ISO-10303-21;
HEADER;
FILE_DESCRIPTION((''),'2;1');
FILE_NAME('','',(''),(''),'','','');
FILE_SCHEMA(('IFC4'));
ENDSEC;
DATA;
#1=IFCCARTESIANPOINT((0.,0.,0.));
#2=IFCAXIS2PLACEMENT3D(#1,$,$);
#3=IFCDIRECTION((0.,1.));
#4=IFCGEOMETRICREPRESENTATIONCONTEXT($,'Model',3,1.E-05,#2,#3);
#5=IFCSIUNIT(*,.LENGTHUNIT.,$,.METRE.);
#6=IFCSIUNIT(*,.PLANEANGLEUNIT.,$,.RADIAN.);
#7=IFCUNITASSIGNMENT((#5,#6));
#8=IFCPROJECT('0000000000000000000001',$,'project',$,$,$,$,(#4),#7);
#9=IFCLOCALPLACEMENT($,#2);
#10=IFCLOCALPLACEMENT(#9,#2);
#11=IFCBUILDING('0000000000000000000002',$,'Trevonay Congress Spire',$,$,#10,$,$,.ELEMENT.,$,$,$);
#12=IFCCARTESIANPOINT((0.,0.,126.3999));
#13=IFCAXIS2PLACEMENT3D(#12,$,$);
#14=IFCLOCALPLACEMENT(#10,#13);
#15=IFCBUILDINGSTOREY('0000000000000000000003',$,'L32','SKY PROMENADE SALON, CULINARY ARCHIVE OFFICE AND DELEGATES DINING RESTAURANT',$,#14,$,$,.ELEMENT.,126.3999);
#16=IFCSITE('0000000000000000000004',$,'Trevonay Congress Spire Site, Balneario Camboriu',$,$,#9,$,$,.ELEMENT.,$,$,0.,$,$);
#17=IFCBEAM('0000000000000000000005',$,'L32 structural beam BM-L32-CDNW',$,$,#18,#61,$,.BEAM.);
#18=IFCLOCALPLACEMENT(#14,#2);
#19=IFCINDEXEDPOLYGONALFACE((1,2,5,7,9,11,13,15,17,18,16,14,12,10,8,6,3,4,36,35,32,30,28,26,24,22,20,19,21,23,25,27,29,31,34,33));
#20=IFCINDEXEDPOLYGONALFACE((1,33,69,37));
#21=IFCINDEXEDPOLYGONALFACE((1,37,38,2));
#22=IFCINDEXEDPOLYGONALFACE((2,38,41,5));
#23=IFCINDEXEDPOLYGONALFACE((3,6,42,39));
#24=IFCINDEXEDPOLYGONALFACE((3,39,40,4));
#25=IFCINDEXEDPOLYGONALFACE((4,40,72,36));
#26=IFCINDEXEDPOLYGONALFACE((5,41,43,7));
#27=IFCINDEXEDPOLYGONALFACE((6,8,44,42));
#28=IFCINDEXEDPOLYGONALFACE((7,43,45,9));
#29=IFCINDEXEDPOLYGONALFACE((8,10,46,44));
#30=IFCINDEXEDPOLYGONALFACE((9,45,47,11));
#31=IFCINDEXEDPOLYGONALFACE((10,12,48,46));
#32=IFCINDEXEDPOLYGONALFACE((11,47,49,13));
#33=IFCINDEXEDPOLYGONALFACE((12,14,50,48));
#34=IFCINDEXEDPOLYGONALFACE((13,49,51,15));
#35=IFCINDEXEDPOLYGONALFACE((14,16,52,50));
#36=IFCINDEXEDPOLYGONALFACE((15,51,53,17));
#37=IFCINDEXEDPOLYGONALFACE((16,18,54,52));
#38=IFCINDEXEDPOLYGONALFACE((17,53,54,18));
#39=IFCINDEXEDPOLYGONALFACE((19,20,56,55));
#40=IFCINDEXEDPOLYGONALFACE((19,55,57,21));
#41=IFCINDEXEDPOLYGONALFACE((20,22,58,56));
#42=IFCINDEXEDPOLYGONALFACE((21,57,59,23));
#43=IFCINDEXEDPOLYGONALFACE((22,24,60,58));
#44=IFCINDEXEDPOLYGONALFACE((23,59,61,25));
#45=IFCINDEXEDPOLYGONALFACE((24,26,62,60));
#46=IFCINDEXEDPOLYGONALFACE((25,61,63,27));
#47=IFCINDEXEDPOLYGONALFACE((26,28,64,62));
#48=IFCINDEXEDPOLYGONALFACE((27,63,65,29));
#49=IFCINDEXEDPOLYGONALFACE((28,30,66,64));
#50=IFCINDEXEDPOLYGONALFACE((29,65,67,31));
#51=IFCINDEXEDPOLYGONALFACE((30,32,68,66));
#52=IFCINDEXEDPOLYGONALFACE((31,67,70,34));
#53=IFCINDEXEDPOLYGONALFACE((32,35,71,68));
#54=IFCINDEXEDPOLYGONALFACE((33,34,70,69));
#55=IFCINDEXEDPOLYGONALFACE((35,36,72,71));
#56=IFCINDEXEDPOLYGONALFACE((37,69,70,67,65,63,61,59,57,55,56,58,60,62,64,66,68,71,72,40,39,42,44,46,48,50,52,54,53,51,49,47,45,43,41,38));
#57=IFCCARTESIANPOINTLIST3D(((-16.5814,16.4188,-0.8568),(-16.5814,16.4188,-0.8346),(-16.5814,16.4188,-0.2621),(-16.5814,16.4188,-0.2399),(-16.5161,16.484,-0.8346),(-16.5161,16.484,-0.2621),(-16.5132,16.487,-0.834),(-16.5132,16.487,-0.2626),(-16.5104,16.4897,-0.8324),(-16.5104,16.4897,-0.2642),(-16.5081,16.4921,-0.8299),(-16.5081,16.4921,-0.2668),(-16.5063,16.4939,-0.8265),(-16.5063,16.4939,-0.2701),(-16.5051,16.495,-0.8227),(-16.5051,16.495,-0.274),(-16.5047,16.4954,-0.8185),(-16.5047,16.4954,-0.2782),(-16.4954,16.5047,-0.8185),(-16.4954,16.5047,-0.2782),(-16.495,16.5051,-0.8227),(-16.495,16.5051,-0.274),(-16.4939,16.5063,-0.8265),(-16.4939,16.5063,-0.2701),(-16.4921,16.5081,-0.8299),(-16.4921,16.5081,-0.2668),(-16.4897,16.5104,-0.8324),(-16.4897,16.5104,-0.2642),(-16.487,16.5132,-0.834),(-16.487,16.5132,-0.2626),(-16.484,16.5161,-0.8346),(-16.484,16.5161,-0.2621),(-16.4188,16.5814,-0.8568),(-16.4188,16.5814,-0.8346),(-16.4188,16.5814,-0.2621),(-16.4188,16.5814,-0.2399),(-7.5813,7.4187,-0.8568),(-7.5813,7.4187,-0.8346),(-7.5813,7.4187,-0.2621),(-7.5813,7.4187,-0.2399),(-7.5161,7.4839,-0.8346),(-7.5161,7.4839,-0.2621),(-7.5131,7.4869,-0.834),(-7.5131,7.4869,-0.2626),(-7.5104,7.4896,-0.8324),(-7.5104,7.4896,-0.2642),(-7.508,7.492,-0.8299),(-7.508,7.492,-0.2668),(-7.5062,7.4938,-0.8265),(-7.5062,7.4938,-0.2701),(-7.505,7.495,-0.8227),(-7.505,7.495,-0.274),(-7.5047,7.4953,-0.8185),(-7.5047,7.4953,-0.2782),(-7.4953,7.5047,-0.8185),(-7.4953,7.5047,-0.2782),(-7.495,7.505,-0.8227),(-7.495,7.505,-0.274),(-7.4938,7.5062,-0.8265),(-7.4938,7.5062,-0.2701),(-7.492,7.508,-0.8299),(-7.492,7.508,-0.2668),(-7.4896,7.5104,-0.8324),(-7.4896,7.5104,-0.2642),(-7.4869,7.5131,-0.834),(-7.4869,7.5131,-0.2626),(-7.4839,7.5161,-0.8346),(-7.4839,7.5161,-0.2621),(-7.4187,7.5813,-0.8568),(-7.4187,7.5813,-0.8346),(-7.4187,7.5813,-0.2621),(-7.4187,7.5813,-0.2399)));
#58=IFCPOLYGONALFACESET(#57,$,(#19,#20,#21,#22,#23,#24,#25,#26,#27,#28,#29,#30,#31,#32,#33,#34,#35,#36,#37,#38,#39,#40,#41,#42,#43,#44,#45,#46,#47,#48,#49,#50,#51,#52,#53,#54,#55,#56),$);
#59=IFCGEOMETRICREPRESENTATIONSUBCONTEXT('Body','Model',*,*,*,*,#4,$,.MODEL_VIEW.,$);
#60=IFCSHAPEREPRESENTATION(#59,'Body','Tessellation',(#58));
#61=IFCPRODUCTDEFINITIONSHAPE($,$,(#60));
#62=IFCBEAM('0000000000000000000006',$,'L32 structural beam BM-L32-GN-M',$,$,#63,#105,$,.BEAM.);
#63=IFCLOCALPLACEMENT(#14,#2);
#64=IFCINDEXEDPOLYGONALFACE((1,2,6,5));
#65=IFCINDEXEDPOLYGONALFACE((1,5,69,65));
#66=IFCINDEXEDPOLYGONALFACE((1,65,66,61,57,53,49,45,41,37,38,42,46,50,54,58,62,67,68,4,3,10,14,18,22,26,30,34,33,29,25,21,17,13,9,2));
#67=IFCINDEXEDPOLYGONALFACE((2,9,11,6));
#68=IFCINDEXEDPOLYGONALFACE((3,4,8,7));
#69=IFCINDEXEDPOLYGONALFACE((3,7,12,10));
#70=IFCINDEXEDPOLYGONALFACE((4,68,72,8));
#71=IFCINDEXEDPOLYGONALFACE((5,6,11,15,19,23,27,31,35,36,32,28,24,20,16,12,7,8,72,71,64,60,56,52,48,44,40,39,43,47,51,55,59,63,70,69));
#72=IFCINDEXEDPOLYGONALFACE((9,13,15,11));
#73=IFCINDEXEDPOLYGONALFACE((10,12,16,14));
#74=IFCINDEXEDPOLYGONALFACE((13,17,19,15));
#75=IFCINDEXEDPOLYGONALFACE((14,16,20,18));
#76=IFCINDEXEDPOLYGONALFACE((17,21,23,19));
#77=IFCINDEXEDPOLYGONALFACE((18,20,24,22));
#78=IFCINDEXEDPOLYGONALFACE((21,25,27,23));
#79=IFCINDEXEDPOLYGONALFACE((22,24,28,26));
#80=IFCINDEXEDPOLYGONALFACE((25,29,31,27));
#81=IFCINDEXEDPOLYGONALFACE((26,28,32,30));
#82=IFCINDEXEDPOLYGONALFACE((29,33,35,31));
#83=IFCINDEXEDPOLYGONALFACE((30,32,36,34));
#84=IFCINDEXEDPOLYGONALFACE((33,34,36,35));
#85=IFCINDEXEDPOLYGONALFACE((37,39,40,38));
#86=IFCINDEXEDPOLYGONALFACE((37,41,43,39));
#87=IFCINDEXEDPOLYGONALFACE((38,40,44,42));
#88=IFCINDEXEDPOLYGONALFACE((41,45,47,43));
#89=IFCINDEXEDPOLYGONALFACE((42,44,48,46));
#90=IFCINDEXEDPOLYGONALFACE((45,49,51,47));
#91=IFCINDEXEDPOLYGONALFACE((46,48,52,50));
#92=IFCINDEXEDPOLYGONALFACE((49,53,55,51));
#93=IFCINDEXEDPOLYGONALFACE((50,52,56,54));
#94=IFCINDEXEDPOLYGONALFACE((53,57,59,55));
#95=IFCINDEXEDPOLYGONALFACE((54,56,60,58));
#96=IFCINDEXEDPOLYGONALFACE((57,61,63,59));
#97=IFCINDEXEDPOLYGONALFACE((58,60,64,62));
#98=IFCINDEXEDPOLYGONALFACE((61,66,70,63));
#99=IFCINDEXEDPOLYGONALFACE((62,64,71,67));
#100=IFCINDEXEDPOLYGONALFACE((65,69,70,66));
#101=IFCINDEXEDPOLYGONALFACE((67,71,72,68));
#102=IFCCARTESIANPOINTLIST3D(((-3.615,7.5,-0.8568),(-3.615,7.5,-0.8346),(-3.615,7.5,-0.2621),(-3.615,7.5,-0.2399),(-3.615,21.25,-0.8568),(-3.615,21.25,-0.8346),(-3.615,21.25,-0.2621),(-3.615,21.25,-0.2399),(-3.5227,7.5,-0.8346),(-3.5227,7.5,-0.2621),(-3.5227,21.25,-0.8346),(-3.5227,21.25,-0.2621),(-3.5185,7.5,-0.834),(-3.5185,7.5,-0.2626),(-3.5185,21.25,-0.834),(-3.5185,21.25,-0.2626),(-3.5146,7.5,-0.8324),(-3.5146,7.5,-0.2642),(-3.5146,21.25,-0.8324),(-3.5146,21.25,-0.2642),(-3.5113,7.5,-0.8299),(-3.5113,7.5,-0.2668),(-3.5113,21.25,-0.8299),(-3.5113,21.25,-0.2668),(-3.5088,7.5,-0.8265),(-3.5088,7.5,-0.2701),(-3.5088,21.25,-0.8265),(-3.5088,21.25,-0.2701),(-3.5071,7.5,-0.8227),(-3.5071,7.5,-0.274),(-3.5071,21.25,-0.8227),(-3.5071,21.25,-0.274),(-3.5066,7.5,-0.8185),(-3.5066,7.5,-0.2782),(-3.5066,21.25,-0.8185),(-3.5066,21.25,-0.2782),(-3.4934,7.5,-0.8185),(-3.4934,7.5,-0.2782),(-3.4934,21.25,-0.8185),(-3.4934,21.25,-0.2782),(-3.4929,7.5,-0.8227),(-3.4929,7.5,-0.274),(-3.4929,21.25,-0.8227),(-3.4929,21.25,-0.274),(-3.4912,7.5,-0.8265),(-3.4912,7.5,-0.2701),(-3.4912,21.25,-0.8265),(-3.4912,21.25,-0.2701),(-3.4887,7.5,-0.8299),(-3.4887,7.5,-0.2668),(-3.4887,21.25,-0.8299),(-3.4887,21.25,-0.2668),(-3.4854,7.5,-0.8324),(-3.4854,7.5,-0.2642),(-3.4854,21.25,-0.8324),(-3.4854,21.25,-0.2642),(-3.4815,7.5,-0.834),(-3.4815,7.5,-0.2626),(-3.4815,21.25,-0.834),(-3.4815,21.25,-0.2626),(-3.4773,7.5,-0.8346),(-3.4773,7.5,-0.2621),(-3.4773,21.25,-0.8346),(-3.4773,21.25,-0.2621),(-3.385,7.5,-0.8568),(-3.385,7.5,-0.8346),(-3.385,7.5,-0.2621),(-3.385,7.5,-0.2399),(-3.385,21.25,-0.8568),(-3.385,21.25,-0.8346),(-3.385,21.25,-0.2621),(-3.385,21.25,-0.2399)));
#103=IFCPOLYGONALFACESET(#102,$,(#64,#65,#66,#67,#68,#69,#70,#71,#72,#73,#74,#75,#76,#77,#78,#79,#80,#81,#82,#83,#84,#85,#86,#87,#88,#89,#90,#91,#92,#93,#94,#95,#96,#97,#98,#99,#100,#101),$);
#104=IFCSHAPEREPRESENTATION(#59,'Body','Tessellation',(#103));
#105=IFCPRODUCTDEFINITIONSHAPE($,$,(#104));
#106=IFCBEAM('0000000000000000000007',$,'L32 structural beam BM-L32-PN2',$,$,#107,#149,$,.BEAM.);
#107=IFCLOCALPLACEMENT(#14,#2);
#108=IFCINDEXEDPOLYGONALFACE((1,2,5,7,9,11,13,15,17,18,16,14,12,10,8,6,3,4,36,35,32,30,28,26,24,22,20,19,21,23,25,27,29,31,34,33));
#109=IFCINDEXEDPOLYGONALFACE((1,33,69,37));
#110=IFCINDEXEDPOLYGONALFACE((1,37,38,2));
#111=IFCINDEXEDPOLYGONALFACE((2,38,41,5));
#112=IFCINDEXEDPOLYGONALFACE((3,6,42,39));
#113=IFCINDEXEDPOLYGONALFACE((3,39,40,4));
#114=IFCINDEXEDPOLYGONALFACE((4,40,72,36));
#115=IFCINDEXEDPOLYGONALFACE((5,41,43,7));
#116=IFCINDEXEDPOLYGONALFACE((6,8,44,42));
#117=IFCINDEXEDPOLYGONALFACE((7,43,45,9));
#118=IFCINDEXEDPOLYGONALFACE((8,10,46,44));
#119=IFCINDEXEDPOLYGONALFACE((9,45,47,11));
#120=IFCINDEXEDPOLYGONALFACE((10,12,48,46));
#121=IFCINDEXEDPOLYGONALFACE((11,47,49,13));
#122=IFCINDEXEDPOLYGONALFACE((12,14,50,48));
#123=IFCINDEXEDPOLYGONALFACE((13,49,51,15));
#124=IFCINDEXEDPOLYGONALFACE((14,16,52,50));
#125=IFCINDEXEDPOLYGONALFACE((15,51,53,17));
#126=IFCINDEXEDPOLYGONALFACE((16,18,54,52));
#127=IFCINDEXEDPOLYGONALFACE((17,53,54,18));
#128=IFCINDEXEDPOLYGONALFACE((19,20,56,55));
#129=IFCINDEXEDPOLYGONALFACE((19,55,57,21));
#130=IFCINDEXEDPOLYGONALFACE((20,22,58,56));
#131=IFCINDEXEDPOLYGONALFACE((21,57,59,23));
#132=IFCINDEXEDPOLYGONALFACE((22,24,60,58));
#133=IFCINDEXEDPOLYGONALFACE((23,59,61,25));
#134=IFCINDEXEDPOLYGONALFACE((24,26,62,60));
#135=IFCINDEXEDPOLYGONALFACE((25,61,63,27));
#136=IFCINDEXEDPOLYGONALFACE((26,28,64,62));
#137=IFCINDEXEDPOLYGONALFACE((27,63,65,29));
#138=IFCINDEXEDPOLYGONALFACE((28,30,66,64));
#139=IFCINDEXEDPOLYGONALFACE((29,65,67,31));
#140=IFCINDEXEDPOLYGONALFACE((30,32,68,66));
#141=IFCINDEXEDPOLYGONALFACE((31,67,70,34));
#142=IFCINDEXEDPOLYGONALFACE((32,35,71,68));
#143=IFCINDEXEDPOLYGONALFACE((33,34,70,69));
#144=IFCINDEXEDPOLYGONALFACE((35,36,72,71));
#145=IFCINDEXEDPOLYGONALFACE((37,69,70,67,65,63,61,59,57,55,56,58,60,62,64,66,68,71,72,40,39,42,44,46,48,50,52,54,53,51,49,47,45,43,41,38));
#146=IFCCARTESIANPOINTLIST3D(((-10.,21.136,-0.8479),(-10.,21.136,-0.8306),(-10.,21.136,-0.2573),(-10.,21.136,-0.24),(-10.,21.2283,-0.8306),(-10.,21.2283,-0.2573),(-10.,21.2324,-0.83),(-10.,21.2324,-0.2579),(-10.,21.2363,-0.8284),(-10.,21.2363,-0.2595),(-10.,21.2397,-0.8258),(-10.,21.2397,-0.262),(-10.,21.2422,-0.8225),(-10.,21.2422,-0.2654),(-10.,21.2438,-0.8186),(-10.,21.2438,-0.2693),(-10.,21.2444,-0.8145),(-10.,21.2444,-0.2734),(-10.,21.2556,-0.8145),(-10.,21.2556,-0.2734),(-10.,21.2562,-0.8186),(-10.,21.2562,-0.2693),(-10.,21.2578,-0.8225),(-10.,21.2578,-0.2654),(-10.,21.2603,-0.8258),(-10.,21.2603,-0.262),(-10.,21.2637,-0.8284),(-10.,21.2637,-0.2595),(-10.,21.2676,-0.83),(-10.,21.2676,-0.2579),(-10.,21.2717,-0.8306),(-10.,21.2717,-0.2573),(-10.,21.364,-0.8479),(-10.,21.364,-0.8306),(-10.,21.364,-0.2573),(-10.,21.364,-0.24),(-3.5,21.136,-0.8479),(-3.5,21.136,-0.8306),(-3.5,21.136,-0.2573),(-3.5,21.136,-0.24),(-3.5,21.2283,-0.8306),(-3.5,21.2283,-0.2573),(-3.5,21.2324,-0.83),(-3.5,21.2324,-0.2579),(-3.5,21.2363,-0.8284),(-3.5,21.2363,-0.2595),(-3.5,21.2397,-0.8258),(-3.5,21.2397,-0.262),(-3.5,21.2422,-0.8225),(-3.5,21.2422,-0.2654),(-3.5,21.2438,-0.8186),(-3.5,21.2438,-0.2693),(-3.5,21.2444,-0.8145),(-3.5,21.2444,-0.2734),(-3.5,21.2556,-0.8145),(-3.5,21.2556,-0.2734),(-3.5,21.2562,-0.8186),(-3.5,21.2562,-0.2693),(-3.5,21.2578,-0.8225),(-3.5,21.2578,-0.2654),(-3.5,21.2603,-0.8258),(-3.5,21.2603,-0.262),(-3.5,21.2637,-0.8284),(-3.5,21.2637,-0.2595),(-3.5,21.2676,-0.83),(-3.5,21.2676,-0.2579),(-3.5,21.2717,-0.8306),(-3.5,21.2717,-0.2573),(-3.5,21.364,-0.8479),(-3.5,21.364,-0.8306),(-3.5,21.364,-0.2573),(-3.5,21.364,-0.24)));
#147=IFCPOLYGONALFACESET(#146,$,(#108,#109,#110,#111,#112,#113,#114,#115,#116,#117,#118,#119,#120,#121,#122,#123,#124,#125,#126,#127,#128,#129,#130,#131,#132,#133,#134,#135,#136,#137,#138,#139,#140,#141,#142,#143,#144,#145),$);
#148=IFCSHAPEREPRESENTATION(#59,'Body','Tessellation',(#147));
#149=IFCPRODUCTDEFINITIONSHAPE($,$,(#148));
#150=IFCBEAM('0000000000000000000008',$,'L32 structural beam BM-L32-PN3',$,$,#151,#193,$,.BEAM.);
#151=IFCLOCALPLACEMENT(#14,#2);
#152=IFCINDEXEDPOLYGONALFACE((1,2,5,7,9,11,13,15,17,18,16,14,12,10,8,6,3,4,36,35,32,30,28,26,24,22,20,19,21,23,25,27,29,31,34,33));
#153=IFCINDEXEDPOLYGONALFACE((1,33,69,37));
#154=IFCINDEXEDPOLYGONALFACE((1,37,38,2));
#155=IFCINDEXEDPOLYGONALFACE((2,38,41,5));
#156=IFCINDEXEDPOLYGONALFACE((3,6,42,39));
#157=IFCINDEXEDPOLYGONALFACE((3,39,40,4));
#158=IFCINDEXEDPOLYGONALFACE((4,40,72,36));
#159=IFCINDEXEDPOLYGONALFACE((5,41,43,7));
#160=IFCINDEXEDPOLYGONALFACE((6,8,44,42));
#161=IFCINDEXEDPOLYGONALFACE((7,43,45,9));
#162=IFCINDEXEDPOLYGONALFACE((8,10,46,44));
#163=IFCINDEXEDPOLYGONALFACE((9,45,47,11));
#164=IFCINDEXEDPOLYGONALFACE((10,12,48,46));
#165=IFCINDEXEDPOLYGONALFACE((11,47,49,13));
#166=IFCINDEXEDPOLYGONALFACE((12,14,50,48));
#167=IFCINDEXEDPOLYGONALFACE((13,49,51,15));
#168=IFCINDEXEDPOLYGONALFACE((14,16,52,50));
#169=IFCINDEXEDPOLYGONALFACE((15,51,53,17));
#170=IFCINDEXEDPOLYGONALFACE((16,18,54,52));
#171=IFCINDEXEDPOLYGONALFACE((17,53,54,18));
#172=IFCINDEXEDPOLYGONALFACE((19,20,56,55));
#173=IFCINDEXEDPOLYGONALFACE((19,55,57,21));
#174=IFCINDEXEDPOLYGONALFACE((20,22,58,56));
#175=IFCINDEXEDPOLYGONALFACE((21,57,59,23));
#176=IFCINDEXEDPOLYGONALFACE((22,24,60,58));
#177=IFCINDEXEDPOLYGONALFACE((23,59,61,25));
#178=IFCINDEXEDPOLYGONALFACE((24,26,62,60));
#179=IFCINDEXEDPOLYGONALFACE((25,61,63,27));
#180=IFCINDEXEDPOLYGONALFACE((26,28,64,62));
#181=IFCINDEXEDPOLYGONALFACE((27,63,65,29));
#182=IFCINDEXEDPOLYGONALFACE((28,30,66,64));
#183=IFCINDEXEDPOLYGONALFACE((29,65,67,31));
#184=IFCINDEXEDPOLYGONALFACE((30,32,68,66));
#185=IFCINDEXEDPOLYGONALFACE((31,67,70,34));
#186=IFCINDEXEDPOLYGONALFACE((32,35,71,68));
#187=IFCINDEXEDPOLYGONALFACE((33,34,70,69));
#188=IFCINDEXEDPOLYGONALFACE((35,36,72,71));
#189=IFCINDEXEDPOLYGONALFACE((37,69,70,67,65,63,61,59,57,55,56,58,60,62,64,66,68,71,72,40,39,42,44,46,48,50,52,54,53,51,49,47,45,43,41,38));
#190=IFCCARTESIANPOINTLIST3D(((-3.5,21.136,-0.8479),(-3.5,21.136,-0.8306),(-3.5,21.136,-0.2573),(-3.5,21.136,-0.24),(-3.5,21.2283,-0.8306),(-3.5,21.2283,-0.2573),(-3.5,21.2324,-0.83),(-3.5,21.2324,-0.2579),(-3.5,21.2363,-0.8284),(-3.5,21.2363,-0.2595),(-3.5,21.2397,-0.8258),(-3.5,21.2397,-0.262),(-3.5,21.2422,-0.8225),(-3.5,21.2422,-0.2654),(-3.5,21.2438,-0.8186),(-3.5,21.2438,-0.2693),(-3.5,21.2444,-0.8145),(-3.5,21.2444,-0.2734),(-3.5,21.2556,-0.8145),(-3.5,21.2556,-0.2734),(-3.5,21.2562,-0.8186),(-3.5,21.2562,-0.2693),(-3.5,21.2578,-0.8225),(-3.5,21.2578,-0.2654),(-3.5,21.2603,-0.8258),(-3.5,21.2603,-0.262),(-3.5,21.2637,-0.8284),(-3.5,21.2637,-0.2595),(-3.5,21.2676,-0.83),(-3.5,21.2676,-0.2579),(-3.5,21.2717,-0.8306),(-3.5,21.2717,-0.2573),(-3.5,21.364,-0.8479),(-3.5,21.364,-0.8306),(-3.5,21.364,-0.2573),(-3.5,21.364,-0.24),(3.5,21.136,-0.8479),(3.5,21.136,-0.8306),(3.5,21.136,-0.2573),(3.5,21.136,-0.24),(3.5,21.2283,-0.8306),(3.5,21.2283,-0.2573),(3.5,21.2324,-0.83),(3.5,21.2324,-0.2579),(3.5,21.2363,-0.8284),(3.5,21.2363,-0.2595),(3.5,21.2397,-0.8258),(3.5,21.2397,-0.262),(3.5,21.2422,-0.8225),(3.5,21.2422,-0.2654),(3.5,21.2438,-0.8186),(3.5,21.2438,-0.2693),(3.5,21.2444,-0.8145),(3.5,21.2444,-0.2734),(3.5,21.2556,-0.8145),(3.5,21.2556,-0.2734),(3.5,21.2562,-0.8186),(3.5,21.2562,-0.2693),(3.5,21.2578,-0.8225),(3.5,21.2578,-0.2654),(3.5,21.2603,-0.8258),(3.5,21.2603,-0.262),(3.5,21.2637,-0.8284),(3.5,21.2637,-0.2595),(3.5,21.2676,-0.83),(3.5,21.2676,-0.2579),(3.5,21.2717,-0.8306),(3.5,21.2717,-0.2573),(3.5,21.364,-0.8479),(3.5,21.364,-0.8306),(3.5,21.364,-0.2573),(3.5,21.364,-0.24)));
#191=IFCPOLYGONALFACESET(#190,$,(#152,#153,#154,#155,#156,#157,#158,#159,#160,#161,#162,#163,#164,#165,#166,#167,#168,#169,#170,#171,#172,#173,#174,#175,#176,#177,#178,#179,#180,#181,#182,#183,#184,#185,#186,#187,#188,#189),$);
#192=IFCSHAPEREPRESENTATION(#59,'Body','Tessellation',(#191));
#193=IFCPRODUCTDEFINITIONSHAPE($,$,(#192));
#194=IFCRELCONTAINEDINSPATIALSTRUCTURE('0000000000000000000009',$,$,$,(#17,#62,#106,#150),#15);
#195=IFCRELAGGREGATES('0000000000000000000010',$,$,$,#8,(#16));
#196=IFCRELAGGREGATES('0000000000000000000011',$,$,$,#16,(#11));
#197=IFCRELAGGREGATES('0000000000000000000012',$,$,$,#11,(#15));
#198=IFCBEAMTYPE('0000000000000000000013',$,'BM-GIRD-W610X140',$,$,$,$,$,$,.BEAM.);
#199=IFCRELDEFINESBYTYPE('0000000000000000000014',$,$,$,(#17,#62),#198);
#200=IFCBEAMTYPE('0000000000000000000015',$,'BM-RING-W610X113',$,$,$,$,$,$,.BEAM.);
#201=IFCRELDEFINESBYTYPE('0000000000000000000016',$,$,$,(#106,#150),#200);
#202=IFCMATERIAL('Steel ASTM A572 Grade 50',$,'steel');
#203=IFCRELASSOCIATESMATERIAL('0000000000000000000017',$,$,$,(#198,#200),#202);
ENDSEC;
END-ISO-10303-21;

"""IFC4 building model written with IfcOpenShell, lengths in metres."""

from ifc_helpers import new_model, si_unit, direction, frame, origin, origin_2d, place, context, subcontext, project, spatial, i_section, extrude, material, material_profile, profile_set, type_object, element, save


model = new_model("IFC4")

# Units and contexts
model_context = context("Model", 3, precision=1e-05, world=origin(), true_north=direction((0.0, 1.0)))
body_context = subcontext(model_context, "Body", "Model", "MODEL_VIEW")
ifc_project = project(units=[si_unit("LENGTHUNIT", "METRE"), si_unit("PLANEANGLEUNIT", "RADIAN")], contexts=[model_context])

# Site, building, storey
site_placement = place(None, origin())
site = spatial("IfcSite", under=ifc_project, at=site_placement, Name="Trevonay Congress Spire Site, Balneario Camboriu", CompositionType="ELEMENT", RefElevation=0.0)
building_placement = place(site_placement, origin())
building = spatial("IfcBuilding", under=site, at=building_placement, Name="Trevonay Congress Spire", CompositionType="ELEMENT")
storey_placement = place(building_placement, frame((0.0, 0.0, 126.3999)))
storey = spatial("IfcBuildingStorey", under=building, at=storey_placement, Name="L32", Description="SKY PROMENADE SALON, CULINARY ARCHIVE OFFICE AND DELEGATES DINING RESTAURANT", CompositionType="ELEMENT", Elevation=126.3999)

# Shared definitions
ifc_material_1 = material(Name="Steel ASTM A572 Grade 50", Category="steel")

# Beams
ifc_material_profile_1 = material_profile(ifc_material_1, i_section(OverallWidth=0.23, OverallDepth=0.6169, WebThickness=0.0132, FlangeThickness=0.0222, FilletRadius=0.0161, at=origin_2d()), Name="W610x140")
ifc_profile_set_1 = profile_set([ifc_material_profile_1], Name="Steel ASTM A572 Grade 50")
beam_type_1 = type_object("IfcBeamType", Name="BM-GIRD-W610X140", PredefinedType="BEAM", material=ifc_profile_set_1)
beam_1_placement = place(storey_placement, frame((-7.5, 7.5, -0.5483), z_axis=(-0.707107, 0.707107, 0.0), x_axis=(-0.707107, -0.707107, 0.0)))
element("IfcBeam", 1, at=beam_1_placement, inside=storey, type_object=beam_type_1, Name="L32 structural beam BM-L32-CDNW", PredefinedType="BEAM", context=body_context, shape_type="SweptSolid", body=[
    extrude(i_section(OverallWidth=0.23, OverallDepth=0.6169, WebThickness=0.0132, FlangeThickness=0.0222, FilletRadius=0.0161, at=origin_2d()), origin(), (0.0, 0.0, 1.0), 12.728),
])
beam_2_placement = place(storey_placement, frame((-3.5, 7.5, -0.5483), z_axis=(0.0, 1.0, 0.0), x_axis=(-1.0, 0.0, 0.0)))
element("IfcBeam", 2, at=beam_2_placement, inside=storey, type_object=beam_type_1, Name="L32 structural beam BM-L32-GN-M", PredefinedType="BEAM", context=body_context, shape_type="SweptSolid", body=[
    extrude(i_section(OverallWidth=0.23, OverallDepth=0.6169, WebThickness=0.0132, FlangeThickness=0.0222, FilletRadius=0.0161, at=origin_2d()), origin(), (0.0, 0.0, 1.0), 13.75),
])
ifc_material_profile_2 = material_profile(ifc_material_1, i_section(OverallWidth=0.228, OverallDepth=0.6079, WebThickness=0.0112, FlangeThickness=0.0173, FilletRadius=0.0161, at=origin_2d()), Name="W610x113")
ifc_profile_set_2 = profile_set([ifc_material_profile_2], Name="Steel ASTM A572 Grade 50")
beam_type_2 = type_object("IfcBeamType", Name="BM-RING-W610X113", PredefinedType="BEAM", material=ifc_profile_set_2)
beam_3_placement = place(storey_placement, frame((-10.0, 21.25, -0.5439), z_axis=(1.0, 0.0, 0.0), x_axis=(0.0, 1.0, 0.0)))
element("IfcBeam", 3, at=beam_3_placement, inside=storey, type_object=beam_type_2, Name="L32 structural beam BM-L32-PN2", PredefinedType="BEAM", context=body_context, shape_type="SweptSolid", body=[
    extrude(i_section(OverallWidth=0.228, OverallDepth=0.6079, WebThickness=0.0112, FlangeThickness=0.0173, FilletRadius=0.0161, at=origin_2d()), origin(), (0.0, 0.0, 1.0), 6.5),
])
beam_4_placement = place(storey_placement, frame((-3.5, 21.25, -0.5439), z_axis=(1.0, 0.0, 0.0), x_axis=(0.0, 1.0, 0.0)))
element("IfcBeam", 4, at=beam_4_placement, inside=storey, type_object=beam_type_2, Name="L32 structural beam BM-L32-PN3", PredefinedType="BEAM", context=body_context, shape_type="SweptSolid", body=[
    extrude(i_section(OverallWidth=0.228, OverallDepth=0.6079, WebThickness=0.0112, FlangeThickness=0.0173, FilletRadius=0.0161, at=origin_2d()), origin(), (0.0, 0.0, 1.0), 7.0),
])

save(model, "model.ifc")
